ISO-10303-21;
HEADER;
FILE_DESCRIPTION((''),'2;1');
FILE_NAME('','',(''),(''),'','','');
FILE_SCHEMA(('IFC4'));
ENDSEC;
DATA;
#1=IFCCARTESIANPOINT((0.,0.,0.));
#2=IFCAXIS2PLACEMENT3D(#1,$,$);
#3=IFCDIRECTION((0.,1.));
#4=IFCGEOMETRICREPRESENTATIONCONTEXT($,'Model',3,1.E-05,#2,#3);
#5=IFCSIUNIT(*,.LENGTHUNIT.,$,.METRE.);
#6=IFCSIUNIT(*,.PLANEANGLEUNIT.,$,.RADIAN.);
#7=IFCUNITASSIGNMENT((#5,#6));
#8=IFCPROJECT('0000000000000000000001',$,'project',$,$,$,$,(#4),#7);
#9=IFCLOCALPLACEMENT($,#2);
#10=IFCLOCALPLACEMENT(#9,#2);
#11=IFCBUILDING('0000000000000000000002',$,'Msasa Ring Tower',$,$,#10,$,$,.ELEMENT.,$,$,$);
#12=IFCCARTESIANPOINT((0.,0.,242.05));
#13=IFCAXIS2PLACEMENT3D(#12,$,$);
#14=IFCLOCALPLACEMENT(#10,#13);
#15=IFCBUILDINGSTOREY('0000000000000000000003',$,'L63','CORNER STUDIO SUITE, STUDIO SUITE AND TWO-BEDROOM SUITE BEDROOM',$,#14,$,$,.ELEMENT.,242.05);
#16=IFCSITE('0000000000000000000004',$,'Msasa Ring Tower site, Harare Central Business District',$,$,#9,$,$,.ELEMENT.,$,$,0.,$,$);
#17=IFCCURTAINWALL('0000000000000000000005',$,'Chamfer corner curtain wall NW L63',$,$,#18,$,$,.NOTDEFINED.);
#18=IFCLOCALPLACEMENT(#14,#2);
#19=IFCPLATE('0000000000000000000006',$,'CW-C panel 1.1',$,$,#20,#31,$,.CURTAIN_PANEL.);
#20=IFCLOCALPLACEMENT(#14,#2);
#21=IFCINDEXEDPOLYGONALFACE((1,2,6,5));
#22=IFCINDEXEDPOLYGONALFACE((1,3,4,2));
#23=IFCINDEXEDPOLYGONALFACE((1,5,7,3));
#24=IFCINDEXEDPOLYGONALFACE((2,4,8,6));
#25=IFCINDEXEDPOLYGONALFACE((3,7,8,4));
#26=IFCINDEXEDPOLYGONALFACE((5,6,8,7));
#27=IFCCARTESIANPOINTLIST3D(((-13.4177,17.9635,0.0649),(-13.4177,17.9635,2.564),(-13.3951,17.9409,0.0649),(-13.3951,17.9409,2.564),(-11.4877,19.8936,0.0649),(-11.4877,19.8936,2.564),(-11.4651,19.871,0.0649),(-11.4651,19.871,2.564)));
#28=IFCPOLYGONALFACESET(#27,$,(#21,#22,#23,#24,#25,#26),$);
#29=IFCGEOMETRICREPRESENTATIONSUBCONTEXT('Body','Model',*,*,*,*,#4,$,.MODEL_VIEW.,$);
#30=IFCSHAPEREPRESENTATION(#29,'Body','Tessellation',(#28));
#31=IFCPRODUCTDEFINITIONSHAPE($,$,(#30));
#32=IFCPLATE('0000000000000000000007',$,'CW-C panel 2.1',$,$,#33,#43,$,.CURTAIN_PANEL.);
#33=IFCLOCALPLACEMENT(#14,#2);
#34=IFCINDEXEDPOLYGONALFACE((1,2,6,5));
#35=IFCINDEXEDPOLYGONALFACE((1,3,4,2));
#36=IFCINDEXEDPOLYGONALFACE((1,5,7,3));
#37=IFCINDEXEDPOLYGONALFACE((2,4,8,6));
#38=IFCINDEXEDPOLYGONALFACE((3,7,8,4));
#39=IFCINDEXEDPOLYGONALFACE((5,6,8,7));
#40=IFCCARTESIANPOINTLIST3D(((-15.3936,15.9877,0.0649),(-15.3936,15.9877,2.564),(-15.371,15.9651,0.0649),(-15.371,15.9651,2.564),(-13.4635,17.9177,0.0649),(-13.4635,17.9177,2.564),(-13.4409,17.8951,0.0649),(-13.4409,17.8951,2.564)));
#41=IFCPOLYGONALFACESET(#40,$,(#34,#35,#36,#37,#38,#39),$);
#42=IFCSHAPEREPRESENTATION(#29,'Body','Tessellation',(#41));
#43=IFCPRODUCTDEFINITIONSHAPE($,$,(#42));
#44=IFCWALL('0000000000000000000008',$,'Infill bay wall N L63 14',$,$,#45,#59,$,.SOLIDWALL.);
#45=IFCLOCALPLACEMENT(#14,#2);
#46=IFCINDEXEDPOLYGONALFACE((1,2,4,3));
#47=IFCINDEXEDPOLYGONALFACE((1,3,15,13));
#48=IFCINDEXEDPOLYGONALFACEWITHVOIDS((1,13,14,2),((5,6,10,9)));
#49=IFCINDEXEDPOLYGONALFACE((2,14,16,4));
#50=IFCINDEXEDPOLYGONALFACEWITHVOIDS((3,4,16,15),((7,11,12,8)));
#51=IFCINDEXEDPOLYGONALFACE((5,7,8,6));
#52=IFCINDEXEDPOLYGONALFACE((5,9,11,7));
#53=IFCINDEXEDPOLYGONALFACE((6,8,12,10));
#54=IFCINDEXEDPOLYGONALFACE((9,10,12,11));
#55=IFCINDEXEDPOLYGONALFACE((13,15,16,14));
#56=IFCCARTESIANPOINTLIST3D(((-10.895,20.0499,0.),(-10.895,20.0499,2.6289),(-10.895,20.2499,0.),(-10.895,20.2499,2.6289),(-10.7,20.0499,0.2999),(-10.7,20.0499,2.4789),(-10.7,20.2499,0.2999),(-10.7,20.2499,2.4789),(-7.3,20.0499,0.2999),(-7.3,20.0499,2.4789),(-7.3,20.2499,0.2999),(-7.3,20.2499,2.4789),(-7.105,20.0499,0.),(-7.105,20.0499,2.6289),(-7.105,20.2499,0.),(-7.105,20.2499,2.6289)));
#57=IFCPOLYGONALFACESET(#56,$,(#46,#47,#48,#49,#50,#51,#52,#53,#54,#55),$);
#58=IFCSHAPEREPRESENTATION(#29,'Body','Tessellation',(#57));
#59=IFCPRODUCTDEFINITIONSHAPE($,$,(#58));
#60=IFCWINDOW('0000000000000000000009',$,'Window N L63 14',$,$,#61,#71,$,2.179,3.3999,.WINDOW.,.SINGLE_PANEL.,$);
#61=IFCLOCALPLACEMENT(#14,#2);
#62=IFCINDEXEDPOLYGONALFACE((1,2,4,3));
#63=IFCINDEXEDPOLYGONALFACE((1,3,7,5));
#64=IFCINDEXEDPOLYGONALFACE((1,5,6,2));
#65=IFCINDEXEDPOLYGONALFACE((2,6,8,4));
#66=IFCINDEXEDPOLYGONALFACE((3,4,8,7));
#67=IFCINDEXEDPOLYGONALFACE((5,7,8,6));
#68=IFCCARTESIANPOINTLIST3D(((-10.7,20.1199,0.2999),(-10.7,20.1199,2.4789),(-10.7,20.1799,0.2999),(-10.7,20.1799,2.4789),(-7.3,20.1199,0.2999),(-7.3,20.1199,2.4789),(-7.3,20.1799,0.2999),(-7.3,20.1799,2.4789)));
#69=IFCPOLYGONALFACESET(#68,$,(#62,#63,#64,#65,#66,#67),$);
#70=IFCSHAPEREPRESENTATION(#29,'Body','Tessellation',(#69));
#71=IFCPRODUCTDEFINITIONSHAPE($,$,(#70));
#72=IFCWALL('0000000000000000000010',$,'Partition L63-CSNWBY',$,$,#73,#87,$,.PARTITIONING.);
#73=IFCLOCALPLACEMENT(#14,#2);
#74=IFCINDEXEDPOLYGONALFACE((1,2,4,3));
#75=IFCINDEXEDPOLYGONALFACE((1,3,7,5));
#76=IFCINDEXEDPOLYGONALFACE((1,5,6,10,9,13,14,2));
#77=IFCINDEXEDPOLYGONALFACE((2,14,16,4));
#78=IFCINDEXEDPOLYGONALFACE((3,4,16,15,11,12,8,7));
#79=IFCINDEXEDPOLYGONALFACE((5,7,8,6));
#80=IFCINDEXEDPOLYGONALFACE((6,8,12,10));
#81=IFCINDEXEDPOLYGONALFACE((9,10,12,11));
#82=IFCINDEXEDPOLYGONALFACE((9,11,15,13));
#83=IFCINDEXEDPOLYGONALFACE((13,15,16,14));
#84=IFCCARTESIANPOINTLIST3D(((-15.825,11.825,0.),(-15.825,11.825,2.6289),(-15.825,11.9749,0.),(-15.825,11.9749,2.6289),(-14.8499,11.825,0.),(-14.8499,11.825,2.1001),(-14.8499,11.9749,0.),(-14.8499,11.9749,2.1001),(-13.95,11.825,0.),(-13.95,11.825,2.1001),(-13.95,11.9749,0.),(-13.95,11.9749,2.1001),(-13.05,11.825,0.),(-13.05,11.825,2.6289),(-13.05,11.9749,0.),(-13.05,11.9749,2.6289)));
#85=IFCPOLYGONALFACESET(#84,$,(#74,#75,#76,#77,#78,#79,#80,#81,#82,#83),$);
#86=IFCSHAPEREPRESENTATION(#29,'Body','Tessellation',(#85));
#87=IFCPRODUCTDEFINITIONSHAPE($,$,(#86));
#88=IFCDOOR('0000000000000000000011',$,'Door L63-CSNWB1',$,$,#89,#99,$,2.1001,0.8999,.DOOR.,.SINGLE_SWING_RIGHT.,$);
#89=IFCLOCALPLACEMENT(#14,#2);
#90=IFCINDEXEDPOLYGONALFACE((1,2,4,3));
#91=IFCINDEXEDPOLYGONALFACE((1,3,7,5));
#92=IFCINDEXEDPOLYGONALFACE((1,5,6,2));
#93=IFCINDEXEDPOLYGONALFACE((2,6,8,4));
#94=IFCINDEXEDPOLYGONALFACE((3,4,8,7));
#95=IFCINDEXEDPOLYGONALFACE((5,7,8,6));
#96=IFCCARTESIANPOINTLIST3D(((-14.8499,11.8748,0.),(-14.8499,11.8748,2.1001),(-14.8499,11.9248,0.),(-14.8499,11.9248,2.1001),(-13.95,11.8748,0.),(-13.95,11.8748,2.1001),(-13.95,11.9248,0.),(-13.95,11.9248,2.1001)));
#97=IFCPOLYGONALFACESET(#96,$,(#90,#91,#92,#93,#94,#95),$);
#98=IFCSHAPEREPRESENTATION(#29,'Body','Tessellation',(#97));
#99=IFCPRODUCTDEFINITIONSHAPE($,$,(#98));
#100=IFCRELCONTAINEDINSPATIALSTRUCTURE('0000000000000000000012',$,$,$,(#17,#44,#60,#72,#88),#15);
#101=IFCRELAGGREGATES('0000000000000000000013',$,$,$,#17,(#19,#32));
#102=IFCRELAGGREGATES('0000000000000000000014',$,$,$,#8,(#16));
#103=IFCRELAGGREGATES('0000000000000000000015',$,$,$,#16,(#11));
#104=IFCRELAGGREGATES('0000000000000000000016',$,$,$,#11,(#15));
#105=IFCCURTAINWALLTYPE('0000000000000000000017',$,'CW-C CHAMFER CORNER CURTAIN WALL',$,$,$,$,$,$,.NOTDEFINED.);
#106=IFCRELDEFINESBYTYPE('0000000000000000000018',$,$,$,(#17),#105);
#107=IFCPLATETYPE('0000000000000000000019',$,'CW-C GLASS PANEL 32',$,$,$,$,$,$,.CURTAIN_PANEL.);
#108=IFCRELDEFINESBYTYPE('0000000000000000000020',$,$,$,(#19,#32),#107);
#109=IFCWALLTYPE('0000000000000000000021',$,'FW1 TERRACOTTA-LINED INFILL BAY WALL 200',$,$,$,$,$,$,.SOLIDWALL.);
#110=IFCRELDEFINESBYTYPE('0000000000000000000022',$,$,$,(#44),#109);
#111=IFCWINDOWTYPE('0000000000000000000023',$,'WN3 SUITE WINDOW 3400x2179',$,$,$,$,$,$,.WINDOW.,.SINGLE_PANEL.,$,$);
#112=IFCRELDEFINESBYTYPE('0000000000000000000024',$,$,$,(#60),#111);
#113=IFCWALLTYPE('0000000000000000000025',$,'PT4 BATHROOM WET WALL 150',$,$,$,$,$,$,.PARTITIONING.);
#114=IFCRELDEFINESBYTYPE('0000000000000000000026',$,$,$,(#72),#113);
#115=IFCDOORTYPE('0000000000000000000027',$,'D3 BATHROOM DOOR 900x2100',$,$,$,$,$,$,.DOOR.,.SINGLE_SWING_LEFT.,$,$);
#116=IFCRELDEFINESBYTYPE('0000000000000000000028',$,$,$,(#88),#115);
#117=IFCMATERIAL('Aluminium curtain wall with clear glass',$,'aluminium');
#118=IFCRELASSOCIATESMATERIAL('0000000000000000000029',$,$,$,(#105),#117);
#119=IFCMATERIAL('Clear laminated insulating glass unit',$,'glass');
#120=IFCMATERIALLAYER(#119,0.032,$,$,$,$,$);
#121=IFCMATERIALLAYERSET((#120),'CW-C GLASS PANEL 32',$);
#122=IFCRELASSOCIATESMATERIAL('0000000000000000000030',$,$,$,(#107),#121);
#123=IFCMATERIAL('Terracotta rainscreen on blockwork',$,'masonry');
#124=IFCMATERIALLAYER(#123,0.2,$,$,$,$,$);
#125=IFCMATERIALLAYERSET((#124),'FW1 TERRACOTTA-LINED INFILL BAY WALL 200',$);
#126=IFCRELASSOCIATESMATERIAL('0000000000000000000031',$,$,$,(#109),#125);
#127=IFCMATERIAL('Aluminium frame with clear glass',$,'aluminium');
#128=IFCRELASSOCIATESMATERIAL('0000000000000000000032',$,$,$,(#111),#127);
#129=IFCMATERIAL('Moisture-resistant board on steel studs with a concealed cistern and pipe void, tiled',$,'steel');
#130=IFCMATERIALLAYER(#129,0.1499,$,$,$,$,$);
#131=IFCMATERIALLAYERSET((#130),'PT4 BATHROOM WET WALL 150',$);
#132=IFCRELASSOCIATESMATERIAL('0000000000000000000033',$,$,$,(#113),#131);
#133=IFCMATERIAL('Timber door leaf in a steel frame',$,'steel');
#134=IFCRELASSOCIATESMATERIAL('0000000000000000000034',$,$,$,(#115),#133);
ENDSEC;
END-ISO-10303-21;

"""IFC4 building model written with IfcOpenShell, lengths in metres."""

from ifc_helpers import new_model, si_unit, direction, frame, frame_2d, origin, origin_2d, place, context, subcontext, project, spatial, rectangle, extrude, material, layer, layer_set, type_object, element, fill, aggregate, save


model = new_model("IFC4")

# Units and contexts
model_context = context("Model", 3, precision=1e-05, world=origin(), true_north=direction((0.0, 1.0)))
body_context = subcontext(model_context, "Body", "Model", "MODEL_VIEW")
ifc_project = project(units=[si_unit("LENGTHUNIT", "METRE"), si_unit("PLANEANGLEUNIT", "RADIAN")], contexts=[model_context])

# Site, building, storey
site_placement = place(None, origin())
site = spatial("IfcSite", under=ifc_project, at=site_placement, Name="Msasa Ring Tower site, Harare Central Business District", CompositionType="ELEMENT", RefElevation=0.0)
building_placement = place(site_placement, origin())
building = spatial("IfcBuilding", under=site, at=building_placement, Name="Msasa Ring Tower", CompositionType="ELEMENT")
storey_placement = place(building_placement, frame((0.0, 0.0, 242.05)))
storey = spatial("IfcBuildingStorey", under=building, at=storey_placement, Name="L63", Description="CORNER STUDIO SUITE, STUDIO SUITE AND TWO-BEDROOM SUITE BEDROOM", CompositionType="ELEMENT", Elevation=242.05)

# Curtain wall
ifc_material_1 = material(Name="Aluminium curtain wall with clear glass", Category="aluminium")
curtain_wall_type = type_object("IfcCurtainWallType", Name="CW-C CHAMFER CORNER CURTAIN WALL", PredefinedType="NOTDEFINED", material=ifc_material_1)
curtain_wall_1_placement = place(storey_placement, origin())
curtain_wall_1 = element("IfcCurtainWall", 1, at=curtain_wall_1_placement, inside=storey, type_object=curtain_wall_type, Name="Chamfer corner curtain wall NW L63", PredefinedType="NOTDEFINED")

# Plates
ifc_material_2 = material(Name="Clear laminated insulating glass unit", Category="glass")
ifc_layer_1 = layer(ifc_material_2, 0.032)
ifc_layer_set_1 = layer_set([ifc_layer_1], Name="CW-C GLASS PANEL 32")
plate_type = type_object("IfcPlateType", Name="CW-C GLASS PANEL 32", PredefinedType="CURTAIN_PANEL", material=ifc_layer_set_1)
plate_1_placement = place(storey_placement, frame((-12.4414, 18.9172, 0.0649), z_axis=(0.0, 0.0, 1.0), x_axis=(-0.707107, -0.707107, 0.0)))
plate_1 = element("IfcPlate", 2, at=plate_1_placement, type_object=plate_type, Name="CW-C panel 1.1", PredefinedType="CURTAIN_PANEL", context=body_context, shape_type="SweptSolid", body=[
    extrude(rectangle(XDim=2.7295, YDim=0.032, at=origin_2d()), origin(), (0.0, 0.0, 1.0), 2.499),
])
plate_2_placement = place(storey_placement, frame((-14.4172, 16.9414, 0.0649), z_axis=(0.0, 0.0, 1.0), x_axis=(-0.707107, -0.707107, 0.0)))
plate_2 = element("IfcPlate", 3, at=plate_2_placement, type_object=plate_type, Name="CW-C panel 2.1", PredefinedType="CURTAIN_PANEL", context=body_context, shape_type="SweptSolid", body=[
    extrude(rectangle(XDim=2.7295, YDim=0.032, at=origin_2d()), origin(), (0.0, 0.0, 1.0), 2.499),
])
aggregate(curtain_wall_1, [plate_1, plate_2])

# Wall, opening, window
ifc_material_3 = material(Name="Terracotta rainscreen on blockwork", Category="masonry")
ifc_layer_2 = layer(ifc_material_3, 0.2)
ifc_layer_set_2 = layer_set([ifc_layer_2], Name="FW1 TERRACOTTA-LINED INFILL BAY WALL 200")
wall_type_1 = type_object("IfcWallType", Name="FW1 TERRACOTTA-LINED INFILL BAY WALL 200", PredefinedType="SOLIDWALL", material=ifc_layer_set_2)
wall_1_placement = place(storey_placement, frame((-10.895, 20.1499, 0.0), z_axis=(0.0, 0.0, 1.0), x_axis=(1.0, 0.0, 0.0)))
wall_1 = element("IfcWall", 4, at=wall_1_placement, inside=storey, type_object=wall_type_1, Name="Infill bay wall N L63 14", PredefinedType="SOLIDWALL", context=body_context, shape_type="SweptSolid", body=[
    extrude(rectangle(XDim=3.79, YDim=0.2, at=frame_2d((1.895, 0.0))), origin(), (0.0, 0.0, 1.0), 2.6289),
])
opening_1_placement = place(wall_1_placement, frame((0.1951, 0.0, 0.3)))
opening_1 = element("IfcOpeningElement", 5, at=opening_1_placement, cuts=wall_1, PredefinedType="OPENING", context=body_context, shape_type="SweptSolid", body=[
    extrude(rectangle(XDim=3.3999, YDim=2.179, at=frame_2d((1.7, 1.0894))), frame((0.0, 0.1099, 0.0), z_axis=(0.0, -1.0, 0.0), x_axis=(1.0, 0.0, 0.0)), (0.0, 0.0, 1.0), 0.22),
])
ifc_material_4 = material(Name="Aluminium frame with clear glass", Category="aluminium")
window_type = type_object("IfcWindowType", Name="WN3 SUITE WINDOW 3400x2179", PartitioningType="SINGLE_PANEL", PredefinedType="WINDOW", material=ifc_material_4)
window_placement = place(opening_1_placement, origin())
window = element("IfcWindow", 6, at=window_placement, inside=storey, type_object=window_type, Name="Window N L63 14", OverallHeight=2.179, OverallWidth=3.3999, PartitioningType="SINGLE_PANEL", PredefinedType="WINDOW", context=body_context, shape_type="SweptSolid", body=[
    extrude(rectangle(XDim=3.3999, YDim=2.179, at=frame_2d((1.7, 1.0894))), frame((0.0, 0.03, 0.0), z_axis=(0.0, -1.0, 0.0), x_axis=(1.0, 0.0, 0.0)), (0.0, 0.0, 1.0), 0.0601),
])
fill(opening_1, window)

# Wall, opening, door
ifc_material_5 = material(Name="Moisture-resistant board on steel studs with a concealed cistern and pipe void, tiled", Category="steel")
ifc_layer_3 = layer(ifc_material_5, 0.1499)
ifc_layer_set_3 = layer_set([ifc_layer_3], Name="PT4 BATHROOM WET WALL 150")
wall_type_2 = type_object("IfcWallType", Name="PT4 BATHROOM WET WALL 150", PredefinedType="PARTITIONING", material=ifc_layer_set_3)
wall_2_placement = place(storey_placement, frame((-15.825, 11.8999, 0.0), z_axis=(0.0, 0.0, 1.0), x_axis=(1.0, 0.0, 0.0)))
wall_2 = element("IfcWall", 7, at=wall_2_placement, inside=storey, type_object=wall_type_2, Name="Partition L63-CSNWBY", PredefinedType="PARTITIONING", context=body_context, shape_type="SweptSolid", body=[
    extrude(rectangle(XDim=2.7749, YDim=0.1499, at=frame_2d((1.3875, 0.0))), origin(), (0.0, 0.0, 1.0), 2.6289),
])
opening_2_placement = place(wall_2_placement, frame((0.9751, 0.0, 0.0)))
opening_2 = element("IfcOpeningElement", 8, at=opening_2_placement, cuts=wall_2, PredefinedType="OPENING", context=body_context, shape_type="SweptSolid", body=[
    extrude(rectangle(XDim=0.8999, YDim=2.1001, at=frame_2d((0.45, 1.05))), frame((0.0, 0.085, 0.0), z_axis=(0.0, -1.0, 0.0), x_axis=(1.0, 0.0, 0.0)), (0.0, 0.0, 1.0), 0.1699),
])
ifc_material_6 = material(Name="Timber door leaf in a steel frame", Category="steel")
door_type = type_object("IfcDoorType", Name="D3 BATHROOM DOOR 900x2100", OperationType="SINGLE_SWING_LEFT", PredefinedType="DOOR", material=ifc_material_6)
door_placement = place(opening_2_placement, origin())
door = element("IfcDoor", 9, at=door_placement, inside=storey, type_object=door_type, Name="Door L63-CSNWB1", OperationType="SINGLE_SWING_RIGHT", OverallHeight=2.1001, OverallWidth=0.8999, PredefinedType="DOOR", context=body_context, shape_type="SweptSolid", body=[
    extrude(rectangle(XDim=0.8999, YDim=2.1001, at=frame_2d((0.45, 1.05))), frame((0.0, 0.0249, 0.0), z_axis=(0.0, -1.0, 0.0), x_axis=(1.0, 0.0, 0.0)), (0.0, 0.0, 1.0), 0.05),
])
fill(opening_2, door)

save(model, "model.ifc")
